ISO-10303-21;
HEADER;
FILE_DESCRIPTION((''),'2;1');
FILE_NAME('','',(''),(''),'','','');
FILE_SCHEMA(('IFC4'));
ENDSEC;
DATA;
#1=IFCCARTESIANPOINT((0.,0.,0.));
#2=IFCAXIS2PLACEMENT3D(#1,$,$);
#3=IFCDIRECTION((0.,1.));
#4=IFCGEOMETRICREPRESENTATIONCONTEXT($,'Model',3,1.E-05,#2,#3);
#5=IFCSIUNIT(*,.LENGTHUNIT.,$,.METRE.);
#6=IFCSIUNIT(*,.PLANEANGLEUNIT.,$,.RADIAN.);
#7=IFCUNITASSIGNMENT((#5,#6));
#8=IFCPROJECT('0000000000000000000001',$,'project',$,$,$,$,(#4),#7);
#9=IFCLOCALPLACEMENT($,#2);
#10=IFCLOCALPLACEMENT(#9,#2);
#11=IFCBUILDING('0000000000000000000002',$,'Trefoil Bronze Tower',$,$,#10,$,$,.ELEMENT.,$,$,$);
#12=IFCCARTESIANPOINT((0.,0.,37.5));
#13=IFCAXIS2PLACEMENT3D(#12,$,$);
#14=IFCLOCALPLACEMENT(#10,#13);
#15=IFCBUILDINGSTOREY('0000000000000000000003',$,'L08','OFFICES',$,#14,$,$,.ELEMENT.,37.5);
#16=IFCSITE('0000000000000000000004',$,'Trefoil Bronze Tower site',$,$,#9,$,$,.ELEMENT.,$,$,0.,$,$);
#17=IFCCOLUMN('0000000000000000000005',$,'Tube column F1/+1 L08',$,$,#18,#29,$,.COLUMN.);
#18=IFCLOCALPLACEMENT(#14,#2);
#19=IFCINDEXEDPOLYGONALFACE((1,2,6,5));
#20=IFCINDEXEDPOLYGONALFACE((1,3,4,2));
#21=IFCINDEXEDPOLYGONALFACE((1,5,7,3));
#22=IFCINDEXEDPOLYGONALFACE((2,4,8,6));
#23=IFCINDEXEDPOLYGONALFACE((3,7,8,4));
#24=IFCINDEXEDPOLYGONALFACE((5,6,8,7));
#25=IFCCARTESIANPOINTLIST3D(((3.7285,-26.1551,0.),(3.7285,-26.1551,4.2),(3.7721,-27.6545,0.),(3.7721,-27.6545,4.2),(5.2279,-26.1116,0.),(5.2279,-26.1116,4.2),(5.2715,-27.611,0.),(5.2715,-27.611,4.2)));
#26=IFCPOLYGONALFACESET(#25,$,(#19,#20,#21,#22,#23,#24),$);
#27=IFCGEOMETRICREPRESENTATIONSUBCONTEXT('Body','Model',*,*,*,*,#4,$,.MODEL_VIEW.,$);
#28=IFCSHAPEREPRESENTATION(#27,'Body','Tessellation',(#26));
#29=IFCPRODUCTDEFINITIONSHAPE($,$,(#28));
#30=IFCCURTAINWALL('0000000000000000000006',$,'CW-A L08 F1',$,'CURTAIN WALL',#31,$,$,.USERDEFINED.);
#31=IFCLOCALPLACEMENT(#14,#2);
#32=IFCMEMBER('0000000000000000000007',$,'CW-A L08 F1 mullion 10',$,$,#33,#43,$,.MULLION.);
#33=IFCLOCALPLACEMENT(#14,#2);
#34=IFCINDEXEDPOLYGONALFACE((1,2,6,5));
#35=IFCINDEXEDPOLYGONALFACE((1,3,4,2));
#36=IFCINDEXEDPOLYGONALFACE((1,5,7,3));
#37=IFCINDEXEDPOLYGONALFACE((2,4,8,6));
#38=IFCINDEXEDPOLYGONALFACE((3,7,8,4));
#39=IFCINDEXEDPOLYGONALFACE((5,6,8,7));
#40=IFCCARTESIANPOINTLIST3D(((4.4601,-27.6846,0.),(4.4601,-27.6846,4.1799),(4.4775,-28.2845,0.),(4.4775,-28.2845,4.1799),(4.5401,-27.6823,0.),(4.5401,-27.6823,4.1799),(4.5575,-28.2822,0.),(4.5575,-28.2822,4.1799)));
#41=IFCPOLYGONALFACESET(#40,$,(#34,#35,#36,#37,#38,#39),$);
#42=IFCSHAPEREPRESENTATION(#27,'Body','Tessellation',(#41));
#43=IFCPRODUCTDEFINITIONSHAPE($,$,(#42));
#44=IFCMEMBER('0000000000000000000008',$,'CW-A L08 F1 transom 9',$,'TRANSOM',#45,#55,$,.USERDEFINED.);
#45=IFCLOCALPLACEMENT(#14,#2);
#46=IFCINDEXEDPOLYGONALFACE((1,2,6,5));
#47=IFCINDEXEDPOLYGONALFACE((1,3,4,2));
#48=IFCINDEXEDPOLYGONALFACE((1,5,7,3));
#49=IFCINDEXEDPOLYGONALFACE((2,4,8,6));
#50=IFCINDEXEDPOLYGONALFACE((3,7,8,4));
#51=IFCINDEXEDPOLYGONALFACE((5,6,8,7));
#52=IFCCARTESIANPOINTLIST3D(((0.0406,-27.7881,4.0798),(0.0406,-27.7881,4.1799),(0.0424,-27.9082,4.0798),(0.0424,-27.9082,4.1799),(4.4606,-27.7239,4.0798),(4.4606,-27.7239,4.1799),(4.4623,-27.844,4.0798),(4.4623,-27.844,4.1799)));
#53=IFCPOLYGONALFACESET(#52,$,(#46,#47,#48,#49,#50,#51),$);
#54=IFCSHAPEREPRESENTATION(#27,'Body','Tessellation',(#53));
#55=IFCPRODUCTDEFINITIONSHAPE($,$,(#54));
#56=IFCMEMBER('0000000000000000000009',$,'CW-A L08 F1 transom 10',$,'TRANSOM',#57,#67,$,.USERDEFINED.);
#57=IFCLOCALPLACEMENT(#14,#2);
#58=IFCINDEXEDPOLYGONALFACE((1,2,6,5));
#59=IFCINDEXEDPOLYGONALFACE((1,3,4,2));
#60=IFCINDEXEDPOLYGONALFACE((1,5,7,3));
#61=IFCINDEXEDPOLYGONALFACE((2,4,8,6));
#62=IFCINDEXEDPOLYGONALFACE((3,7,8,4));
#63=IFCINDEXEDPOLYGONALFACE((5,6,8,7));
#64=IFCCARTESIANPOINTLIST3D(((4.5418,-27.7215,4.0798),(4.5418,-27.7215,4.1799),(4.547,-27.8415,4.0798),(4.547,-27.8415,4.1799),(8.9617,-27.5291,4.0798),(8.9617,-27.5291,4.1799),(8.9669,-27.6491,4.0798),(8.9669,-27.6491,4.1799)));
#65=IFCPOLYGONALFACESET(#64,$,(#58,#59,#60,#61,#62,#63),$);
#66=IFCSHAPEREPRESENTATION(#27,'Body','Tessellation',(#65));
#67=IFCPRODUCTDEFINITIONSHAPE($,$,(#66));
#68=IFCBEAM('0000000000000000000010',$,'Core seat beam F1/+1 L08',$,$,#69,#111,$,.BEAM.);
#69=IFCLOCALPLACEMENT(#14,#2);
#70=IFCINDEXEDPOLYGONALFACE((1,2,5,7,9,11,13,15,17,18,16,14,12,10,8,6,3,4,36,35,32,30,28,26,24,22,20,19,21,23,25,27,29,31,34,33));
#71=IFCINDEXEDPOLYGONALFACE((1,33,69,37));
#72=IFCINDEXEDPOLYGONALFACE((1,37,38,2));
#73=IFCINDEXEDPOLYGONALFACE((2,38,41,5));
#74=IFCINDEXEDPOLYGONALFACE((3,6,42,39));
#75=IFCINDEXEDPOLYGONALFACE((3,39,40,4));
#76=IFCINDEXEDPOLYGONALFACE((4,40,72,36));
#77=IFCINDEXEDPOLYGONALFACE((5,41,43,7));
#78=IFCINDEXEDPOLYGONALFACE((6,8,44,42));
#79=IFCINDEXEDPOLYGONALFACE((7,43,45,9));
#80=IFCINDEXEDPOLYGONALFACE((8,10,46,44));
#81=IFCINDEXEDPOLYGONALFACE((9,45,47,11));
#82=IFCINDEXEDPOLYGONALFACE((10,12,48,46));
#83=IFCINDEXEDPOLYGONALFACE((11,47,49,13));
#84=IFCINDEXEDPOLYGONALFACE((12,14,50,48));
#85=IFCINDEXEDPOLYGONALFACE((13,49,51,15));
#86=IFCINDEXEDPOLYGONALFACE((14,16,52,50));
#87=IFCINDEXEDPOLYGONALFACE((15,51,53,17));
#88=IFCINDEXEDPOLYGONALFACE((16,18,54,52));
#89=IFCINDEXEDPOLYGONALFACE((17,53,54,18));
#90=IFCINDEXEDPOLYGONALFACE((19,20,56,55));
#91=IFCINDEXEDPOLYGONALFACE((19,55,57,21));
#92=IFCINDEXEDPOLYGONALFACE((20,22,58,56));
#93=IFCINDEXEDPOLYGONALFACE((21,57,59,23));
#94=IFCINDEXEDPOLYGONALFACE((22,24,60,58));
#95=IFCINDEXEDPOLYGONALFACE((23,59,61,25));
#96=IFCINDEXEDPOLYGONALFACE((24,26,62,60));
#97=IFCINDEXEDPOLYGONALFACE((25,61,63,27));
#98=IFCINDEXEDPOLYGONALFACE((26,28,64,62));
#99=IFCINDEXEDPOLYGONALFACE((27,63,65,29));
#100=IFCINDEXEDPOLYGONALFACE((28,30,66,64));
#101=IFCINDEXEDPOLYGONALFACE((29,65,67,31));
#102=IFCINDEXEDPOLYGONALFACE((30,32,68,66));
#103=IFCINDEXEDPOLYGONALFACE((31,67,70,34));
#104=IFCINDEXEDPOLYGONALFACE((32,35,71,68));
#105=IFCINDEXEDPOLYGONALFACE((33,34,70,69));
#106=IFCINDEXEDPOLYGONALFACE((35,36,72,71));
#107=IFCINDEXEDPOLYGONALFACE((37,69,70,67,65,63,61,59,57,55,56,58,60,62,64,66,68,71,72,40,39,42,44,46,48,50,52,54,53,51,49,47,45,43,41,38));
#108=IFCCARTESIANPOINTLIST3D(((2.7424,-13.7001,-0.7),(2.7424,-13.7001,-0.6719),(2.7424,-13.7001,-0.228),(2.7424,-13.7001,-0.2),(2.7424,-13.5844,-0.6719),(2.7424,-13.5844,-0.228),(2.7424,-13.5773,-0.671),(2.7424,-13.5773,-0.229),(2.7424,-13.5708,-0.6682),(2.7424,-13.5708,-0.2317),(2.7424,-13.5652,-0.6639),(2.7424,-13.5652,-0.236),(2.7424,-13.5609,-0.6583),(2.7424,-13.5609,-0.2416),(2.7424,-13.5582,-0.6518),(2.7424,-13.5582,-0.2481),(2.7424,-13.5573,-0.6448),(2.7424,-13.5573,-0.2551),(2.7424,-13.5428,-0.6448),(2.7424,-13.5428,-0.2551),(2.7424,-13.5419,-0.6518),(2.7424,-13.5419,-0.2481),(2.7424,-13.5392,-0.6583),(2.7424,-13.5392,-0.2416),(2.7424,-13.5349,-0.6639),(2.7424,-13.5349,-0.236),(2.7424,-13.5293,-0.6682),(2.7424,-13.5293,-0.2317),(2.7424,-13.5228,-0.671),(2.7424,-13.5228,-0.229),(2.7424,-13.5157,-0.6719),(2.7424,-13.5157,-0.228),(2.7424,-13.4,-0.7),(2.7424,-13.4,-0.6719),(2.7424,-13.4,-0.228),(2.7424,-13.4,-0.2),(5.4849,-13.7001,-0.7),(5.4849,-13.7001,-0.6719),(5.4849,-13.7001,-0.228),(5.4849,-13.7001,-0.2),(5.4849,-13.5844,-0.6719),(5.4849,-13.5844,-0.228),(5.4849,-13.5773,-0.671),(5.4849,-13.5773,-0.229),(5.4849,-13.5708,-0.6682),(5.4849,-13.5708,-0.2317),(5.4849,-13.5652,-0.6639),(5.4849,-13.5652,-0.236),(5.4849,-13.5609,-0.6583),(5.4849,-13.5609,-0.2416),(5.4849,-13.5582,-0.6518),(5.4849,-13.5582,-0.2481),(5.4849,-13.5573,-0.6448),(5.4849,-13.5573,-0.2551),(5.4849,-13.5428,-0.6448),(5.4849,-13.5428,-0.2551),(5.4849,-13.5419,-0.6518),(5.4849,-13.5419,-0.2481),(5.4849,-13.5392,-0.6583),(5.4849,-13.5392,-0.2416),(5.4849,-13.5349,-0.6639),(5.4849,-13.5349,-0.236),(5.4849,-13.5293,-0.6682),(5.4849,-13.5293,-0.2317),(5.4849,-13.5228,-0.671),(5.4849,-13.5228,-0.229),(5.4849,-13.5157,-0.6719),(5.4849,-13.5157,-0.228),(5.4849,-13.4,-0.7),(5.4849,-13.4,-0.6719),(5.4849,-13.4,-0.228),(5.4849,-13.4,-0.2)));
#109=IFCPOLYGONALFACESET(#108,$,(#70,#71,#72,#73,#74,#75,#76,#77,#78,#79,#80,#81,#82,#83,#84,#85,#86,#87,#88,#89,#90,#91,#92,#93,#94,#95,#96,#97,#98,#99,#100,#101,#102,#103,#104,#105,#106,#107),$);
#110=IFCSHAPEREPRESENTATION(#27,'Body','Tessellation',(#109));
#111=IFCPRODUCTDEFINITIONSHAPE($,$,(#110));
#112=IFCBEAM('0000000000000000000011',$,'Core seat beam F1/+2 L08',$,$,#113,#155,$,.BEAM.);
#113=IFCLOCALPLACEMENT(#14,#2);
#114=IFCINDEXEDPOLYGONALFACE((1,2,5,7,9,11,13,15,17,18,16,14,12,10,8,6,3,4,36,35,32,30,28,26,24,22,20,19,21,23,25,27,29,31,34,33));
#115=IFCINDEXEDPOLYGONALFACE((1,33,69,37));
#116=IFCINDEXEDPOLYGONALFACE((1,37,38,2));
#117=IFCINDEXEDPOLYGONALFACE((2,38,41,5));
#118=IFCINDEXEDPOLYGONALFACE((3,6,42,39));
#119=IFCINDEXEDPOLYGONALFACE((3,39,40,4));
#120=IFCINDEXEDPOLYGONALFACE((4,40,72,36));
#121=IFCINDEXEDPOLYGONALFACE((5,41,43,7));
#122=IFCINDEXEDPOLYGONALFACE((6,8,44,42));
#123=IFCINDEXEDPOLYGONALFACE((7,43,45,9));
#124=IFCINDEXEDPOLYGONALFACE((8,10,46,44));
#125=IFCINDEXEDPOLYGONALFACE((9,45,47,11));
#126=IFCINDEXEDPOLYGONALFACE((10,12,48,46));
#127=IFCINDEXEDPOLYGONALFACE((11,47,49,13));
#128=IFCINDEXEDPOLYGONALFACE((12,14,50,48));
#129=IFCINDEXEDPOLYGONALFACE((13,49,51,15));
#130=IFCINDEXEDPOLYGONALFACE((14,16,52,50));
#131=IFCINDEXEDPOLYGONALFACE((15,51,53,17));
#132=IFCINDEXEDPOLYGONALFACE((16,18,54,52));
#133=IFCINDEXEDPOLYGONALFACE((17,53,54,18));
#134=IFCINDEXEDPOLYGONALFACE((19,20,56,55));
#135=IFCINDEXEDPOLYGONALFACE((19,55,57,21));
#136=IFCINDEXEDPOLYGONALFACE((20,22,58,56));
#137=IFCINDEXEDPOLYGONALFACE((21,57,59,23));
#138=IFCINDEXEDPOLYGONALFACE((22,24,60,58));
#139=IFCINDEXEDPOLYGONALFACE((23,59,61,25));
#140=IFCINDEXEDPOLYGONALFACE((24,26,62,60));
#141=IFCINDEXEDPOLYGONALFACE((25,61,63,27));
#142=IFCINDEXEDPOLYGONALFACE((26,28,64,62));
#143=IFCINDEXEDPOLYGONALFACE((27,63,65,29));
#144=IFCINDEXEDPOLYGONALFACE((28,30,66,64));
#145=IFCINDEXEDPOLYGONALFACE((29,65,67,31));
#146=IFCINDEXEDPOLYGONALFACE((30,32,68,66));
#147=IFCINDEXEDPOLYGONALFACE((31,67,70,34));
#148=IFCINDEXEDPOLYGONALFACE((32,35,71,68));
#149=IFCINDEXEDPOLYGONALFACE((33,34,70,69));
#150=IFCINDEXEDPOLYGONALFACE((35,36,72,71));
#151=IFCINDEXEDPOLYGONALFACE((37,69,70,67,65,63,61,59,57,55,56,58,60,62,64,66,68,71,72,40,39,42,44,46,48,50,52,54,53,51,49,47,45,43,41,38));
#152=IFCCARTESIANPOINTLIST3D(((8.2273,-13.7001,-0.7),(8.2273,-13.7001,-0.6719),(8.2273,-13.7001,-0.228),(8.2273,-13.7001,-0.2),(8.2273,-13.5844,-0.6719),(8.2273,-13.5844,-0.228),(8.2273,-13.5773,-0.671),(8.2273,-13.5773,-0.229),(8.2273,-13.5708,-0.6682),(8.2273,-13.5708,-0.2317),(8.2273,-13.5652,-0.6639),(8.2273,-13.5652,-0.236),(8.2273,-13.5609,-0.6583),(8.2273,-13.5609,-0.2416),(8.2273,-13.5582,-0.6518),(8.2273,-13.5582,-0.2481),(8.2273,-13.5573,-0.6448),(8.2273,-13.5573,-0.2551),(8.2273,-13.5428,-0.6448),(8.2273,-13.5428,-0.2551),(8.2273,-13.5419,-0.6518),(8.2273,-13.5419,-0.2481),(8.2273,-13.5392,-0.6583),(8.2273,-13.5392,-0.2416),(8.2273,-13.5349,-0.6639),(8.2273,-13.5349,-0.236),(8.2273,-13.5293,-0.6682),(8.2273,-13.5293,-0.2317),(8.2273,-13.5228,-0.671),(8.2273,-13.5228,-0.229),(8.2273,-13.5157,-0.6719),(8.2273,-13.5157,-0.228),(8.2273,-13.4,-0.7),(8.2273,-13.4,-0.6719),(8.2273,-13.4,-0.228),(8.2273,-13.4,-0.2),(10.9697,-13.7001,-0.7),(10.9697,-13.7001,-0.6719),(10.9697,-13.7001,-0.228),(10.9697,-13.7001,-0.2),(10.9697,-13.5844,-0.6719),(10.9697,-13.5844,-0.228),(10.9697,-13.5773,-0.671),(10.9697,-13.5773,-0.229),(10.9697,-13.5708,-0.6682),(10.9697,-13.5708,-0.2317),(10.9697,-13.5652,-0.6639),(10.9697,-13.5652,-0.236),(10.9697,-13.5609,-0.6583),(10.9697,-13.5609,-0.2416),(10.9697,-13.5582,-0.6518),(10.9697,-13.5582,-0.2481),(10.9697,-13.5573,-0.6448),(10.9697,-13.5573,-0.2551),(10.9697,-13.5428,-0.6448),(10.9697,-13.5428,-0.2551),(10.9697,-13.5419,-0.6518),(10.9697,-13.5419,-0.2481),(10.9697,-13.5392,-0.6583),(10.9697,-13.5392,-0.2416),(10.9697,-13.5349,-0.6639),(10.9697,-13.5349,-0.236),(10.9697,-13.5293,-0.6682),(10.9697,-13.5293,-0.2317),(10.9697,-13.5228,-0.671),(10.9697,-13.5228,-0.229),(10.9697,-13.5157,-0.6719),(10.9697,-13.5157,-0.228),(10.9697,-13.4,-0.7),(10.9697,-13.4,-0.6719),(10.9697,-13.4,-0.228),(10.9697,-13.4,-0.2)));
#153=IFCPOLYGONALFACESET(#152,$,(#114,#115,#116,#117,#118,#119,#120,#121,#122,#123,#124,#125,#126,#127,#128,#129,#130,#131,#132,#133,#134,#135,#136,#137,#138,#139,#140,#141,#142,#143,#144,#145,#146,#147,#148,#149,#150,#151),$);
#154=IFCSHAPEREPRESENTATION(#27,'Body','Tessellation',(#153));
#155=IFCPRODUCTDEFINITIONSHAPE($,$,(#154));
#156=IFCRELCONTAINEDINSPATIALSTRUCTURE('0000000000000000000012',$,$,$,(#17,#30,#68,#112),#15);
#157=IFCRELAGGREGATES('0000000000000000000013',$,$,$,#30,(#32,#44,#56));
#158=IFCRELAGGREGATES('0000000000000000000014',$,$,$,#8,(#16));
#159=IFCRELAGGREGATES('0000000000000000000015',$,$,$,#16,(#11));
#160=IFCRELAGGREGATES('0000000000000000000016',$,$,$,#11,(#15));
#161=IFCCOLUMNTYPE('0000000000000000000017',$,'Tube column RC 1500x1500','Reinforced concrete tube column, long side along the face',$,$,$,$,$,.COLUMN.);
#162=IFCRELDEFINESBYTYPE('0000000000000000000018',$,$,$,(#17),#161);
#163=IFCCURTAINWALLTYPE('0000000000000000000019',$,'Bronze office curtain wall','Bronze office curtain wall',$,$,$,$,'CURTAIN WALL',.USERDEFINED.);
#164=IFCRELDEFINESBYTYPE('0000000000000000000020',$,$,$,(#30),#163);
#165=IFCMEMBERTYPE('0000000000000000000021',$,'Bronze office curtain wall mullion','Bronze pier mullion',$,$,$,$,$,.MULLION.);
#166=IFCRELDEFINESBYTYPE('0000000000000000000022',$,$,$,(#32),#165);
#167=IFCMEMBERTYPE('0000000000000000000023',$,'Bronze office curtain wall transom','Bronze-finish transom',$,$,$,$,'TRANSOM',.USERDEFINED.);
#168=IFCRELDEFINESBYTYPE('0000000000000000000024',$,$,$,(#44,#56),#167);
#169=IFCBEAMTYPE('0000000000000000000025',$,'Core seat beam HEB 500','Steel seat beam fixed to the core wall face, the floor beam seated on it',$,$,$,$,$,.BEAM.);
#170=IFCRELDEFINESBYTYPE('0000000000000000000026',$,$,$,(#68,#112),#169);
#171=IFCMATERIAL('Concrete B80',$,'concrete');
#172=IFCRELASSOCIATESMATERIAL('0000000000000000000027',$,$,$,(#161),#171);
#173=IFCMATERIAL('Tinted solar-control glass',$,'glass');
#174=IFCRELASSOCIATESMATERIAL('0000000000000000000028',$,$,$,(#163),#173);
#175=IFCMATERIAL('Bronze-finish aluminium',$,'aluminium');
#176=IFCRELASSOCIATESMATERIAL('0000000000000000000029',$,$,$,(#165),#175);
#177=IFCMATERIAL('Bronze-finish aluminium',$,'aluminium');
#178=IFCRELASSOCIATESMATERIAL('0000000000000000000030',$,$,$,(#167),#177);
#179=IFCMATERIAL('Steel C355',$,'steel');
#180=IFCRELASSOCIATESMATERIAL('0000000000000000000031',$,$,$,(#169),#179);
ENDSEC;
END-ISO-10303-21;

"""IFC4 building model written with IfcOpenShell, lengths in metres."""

from ifc_helpers import new_model, si_unit, direction, frame, origin, origin_2d, place, context, subcontext, project, spatial, rectangle, i_section, extrude, material, material_profile, profile_set, type_object, element, aggregate, save


model = new_model("IFC4")

# Units and contexts
model_context = context("Model", 3, precision=1e-05, world=origin(), true_north=direction((0.0, 1.0)))
body_context = subcontext(model_context, "Body", "Model", "MODEL_VIEW")
ifc_project = project(units=[si_unit("LENGTHUNIT", "METRE"), si_unit("PLANEANGLEUNIT", "RADIAN")], contexts=[model_context])

# Site, building, storey
site_placement = place(None, origin())
site = spatial("IfcSite", under=ifc_project, at=site_placement, Name="Trefoil Bronze Tower site", CompositionType="ELEMENT", RefElevation=0.0)
building_placement = place(site_placement, origin())
building = spatial("IfcBuilding", under=site, at=building_placement, Name="Trefoil Bronze Tower", CompositionType="ELEMENT")
storey_placement = place(building_placement, frame((0.0, 0.0, 37.5)))
storey = spatial("IfcBuildingStorey", under=building, at=storey_placement, Name="L08", Description="OFFICES", CompositionType="ELEMENT", Elevation=37.5)

# Column
ifc_material_1 = material(Name="Concrete B80", Category="concrete")
ifc_material_profile_1 = material_profile(ifc_material_1, rectangle(XDim=1.5, YDim=1.5, at=origin_2d()), Name="RC 1500x1500")
ifc_profile_set_1 = profile_set([ifc_material_profile_1], Name="Concrete B80")
column_type = type_object("IfcColumnType", Name="Tube column RC 1500x1500", Description="Reinforced concrete tube column, long side along the face", PredefinedType="COLUMN", material=ifc_profile_set_1)
column_placement = place(storey_placement, frame((4.5, -26.8831, 0.0), z_axis=(0.0, 0.0, 1.0), x_axis=(0.999579, 0.029022, 0.0)))
element("IfcColumn", 1, at=column_placement, inside=storey, type_object=column_type, Name="Tube column F1/+1 L08", PredefinedType="COLUMN", context=body_context, shape_type="SweptSolid", body=[
    extrude(rectangle(XDim=1.5, YDim=1.5, at=origin_2d()), origin(), (0.0, 0.0, 1.0), 4.2),
])

# Curtain wall, members
ifc_material_2 = material(Name="Tinted solar-control glass", Category="glass")
curtain_wall_type = type_object("IfcCurtainWallType", Name="Bronze office curtain wall", Description="Bronze office curtain wall", ElementType="CURTAIN WALL", PredefinedType="USERDEFINED", material=ifc_material_2)
curtain_wall_placement = place(storey_placement, origin())
curtain_wall = element("IfcCurtainWall", 2, at=curtain_wall_placement, inside=storey, type_object=curtain_wall_type, Name="CW-A L08 F1", ObjectType="CURTAIN WALL", PredefinedType="USERDEFINED")
ifc_material_3 = material(Name="Bronze-finish aluminium", Category="aluminium")
ifc_material_profile_2 = material_profile(ifc_material_3, rectangle(XDim=0.6001, YDim=0.0801, at=origin_2d()), Name="CW-A mullion")
ifc_profile_set_2 = profile_set([ifc_material_profile_2], Name="Bronze-finish aluminium")
member_type_1 = type_object("IfcMemberType", Name="Bronze office curtain wall mullion", Description="Bronze pier mullion", PredefinedType="MULLION", material=ifc_profile_set_2)
member_1_placement = place(storey_placement, frame((4.5088, -27.9834, 0.0), z_axis=(0.0, 0.0, 1.0), x_axis=(-0.029022, 0.999579, 0.0)))
member_1 = element("IfcMember", 3, at=member_1_placement, type_object=member_type_1, Name="CW-A L08 F1 mullion 10", PredefinedType="MULLION", context=body_context, shape_type="SweptSolid", body=[
    extrude(rectangle(XDim=0.6001, YDim=0.0801, at=origin_2d()), origin(), (0.0, 0.0, 1.0), 4.1799),
])
ifc_material_4 = material(Name="Bronze-finish aluminium", Category="aluminium")
ifc_material_profile_3 = material_profile(ifc_material_4, rectangle(XDim=0.1201, YDim=0.1001, at=origin_2d()), Name="CW-A transom")
ifc_profile_set_3 = profile_set([ifc_material_profile_3], Name="Bronze-finish aluminium")
member_type_2 = type_object("IfcMemberType", Name="Bronze office curtain wall transom", Description="Bronze-finish transom", ElementType="TRANSOM", PredefinedType="USERDEFINED", material=ifc_profile_set_3)
member_2_placement = place(storey_placement, frame((0.0415, -27.8481, 4.1299), z_axis=(0.999894, 0.014526, 0.0), x_axis=(-0.014526, 0.999894, 0.0)))
member_2 = element("IfcMember", 4, at=member_2_placement, type_object=member_type_2, Name="CW-A L08 F1 transom 9", ObjectType="TRANSOM", PredefinedType="USERDEFINED", context=body_context, shape_type="SweptSolid", body=[
    extrude(rectangle(XDim=0.1201, YDim=0.1001, at=origin_2d()), origin(), (0.0, 0.0, 1.0), 4.4204),
])
member_3_placement = place(storey_placement, frame((4.5444, -27.7815, 4.1299), z_axis=(0.999054, 0.043485, 0.0), x_axis=(-0.043485, 0.999054, 0.0)))
member_3 = element("IfcMember", 5, at=member_3_placement, type_object=member_type_2, Name="CW-A L08 F1 transom 10", ObjectType="TRANSOM", PredefinedType="USERDEFINED", context=body_context, shape_type="SweptSolid", body=[
    extrude(rectangle(XDim=0.1201, YDim=0.1001, at=origin_2d()), origin(), (0.0, 0.0, 1.0), 4.4241),
])

# Beams
ifc_material_5 = material(Name="Steel C355", Category="steel")
ifc_material_profile_4 = material_profile(ifc_material_5, i_section(OverallWidth=0.3, OverallDepth=0.5, WebThickness=0.0144, FlangeThickness=0.0281, FilletRadius=0.0271, at=origin_2d()), Name="HEB 500")
ifc_profile_set_4 = profile_set([ifc_material_profile_4], Name="Steel C355")
beam_type_1 = type_object("IfcBeamType", Name="Core seat beam HEB 500", Description="Steel seat beam fixed to the core wall face, the floor beam seated on it", PredefinedType="BEAM", material=ifc_profile_set_4)
for number, where, z_axis, x_axis, name in (
    (6, (2.7424, -13.55, -0.45), (1.0, 0.0, 0.0), (0.0, 1.0, 0.0), "Core seat beam F1/+1 L08"),
    (7, (8.2273, -13.55, -0.45), (1.0, 0.0, 0.0), (0.0, 1.0, 0.0), "Core seat beam F1/+2 L08"),
):
    element("IfcBeam", number, at=place(storey_placement, frame(where, z_axis=z_axis, x_axis=x_axis)), inside=storey, type_object=beam_type_1, Name=name, PredefinedType="BEAM", context=body_context, shape_type="SweptSolid", body=[
        extrude(i_section(OverallWidth=0.3, OverallDepth=0.5, WebThickness=0.0144, FlangeThickness=0.0281, FilletRadius=0.0271, at=origin_2d()), origin(), (0.0, 0.0, 1.0), 2.7424),
    ])

aggregate(curtain_wall, [member_1, member_2, member_3])

save(model, "model.ifc")
